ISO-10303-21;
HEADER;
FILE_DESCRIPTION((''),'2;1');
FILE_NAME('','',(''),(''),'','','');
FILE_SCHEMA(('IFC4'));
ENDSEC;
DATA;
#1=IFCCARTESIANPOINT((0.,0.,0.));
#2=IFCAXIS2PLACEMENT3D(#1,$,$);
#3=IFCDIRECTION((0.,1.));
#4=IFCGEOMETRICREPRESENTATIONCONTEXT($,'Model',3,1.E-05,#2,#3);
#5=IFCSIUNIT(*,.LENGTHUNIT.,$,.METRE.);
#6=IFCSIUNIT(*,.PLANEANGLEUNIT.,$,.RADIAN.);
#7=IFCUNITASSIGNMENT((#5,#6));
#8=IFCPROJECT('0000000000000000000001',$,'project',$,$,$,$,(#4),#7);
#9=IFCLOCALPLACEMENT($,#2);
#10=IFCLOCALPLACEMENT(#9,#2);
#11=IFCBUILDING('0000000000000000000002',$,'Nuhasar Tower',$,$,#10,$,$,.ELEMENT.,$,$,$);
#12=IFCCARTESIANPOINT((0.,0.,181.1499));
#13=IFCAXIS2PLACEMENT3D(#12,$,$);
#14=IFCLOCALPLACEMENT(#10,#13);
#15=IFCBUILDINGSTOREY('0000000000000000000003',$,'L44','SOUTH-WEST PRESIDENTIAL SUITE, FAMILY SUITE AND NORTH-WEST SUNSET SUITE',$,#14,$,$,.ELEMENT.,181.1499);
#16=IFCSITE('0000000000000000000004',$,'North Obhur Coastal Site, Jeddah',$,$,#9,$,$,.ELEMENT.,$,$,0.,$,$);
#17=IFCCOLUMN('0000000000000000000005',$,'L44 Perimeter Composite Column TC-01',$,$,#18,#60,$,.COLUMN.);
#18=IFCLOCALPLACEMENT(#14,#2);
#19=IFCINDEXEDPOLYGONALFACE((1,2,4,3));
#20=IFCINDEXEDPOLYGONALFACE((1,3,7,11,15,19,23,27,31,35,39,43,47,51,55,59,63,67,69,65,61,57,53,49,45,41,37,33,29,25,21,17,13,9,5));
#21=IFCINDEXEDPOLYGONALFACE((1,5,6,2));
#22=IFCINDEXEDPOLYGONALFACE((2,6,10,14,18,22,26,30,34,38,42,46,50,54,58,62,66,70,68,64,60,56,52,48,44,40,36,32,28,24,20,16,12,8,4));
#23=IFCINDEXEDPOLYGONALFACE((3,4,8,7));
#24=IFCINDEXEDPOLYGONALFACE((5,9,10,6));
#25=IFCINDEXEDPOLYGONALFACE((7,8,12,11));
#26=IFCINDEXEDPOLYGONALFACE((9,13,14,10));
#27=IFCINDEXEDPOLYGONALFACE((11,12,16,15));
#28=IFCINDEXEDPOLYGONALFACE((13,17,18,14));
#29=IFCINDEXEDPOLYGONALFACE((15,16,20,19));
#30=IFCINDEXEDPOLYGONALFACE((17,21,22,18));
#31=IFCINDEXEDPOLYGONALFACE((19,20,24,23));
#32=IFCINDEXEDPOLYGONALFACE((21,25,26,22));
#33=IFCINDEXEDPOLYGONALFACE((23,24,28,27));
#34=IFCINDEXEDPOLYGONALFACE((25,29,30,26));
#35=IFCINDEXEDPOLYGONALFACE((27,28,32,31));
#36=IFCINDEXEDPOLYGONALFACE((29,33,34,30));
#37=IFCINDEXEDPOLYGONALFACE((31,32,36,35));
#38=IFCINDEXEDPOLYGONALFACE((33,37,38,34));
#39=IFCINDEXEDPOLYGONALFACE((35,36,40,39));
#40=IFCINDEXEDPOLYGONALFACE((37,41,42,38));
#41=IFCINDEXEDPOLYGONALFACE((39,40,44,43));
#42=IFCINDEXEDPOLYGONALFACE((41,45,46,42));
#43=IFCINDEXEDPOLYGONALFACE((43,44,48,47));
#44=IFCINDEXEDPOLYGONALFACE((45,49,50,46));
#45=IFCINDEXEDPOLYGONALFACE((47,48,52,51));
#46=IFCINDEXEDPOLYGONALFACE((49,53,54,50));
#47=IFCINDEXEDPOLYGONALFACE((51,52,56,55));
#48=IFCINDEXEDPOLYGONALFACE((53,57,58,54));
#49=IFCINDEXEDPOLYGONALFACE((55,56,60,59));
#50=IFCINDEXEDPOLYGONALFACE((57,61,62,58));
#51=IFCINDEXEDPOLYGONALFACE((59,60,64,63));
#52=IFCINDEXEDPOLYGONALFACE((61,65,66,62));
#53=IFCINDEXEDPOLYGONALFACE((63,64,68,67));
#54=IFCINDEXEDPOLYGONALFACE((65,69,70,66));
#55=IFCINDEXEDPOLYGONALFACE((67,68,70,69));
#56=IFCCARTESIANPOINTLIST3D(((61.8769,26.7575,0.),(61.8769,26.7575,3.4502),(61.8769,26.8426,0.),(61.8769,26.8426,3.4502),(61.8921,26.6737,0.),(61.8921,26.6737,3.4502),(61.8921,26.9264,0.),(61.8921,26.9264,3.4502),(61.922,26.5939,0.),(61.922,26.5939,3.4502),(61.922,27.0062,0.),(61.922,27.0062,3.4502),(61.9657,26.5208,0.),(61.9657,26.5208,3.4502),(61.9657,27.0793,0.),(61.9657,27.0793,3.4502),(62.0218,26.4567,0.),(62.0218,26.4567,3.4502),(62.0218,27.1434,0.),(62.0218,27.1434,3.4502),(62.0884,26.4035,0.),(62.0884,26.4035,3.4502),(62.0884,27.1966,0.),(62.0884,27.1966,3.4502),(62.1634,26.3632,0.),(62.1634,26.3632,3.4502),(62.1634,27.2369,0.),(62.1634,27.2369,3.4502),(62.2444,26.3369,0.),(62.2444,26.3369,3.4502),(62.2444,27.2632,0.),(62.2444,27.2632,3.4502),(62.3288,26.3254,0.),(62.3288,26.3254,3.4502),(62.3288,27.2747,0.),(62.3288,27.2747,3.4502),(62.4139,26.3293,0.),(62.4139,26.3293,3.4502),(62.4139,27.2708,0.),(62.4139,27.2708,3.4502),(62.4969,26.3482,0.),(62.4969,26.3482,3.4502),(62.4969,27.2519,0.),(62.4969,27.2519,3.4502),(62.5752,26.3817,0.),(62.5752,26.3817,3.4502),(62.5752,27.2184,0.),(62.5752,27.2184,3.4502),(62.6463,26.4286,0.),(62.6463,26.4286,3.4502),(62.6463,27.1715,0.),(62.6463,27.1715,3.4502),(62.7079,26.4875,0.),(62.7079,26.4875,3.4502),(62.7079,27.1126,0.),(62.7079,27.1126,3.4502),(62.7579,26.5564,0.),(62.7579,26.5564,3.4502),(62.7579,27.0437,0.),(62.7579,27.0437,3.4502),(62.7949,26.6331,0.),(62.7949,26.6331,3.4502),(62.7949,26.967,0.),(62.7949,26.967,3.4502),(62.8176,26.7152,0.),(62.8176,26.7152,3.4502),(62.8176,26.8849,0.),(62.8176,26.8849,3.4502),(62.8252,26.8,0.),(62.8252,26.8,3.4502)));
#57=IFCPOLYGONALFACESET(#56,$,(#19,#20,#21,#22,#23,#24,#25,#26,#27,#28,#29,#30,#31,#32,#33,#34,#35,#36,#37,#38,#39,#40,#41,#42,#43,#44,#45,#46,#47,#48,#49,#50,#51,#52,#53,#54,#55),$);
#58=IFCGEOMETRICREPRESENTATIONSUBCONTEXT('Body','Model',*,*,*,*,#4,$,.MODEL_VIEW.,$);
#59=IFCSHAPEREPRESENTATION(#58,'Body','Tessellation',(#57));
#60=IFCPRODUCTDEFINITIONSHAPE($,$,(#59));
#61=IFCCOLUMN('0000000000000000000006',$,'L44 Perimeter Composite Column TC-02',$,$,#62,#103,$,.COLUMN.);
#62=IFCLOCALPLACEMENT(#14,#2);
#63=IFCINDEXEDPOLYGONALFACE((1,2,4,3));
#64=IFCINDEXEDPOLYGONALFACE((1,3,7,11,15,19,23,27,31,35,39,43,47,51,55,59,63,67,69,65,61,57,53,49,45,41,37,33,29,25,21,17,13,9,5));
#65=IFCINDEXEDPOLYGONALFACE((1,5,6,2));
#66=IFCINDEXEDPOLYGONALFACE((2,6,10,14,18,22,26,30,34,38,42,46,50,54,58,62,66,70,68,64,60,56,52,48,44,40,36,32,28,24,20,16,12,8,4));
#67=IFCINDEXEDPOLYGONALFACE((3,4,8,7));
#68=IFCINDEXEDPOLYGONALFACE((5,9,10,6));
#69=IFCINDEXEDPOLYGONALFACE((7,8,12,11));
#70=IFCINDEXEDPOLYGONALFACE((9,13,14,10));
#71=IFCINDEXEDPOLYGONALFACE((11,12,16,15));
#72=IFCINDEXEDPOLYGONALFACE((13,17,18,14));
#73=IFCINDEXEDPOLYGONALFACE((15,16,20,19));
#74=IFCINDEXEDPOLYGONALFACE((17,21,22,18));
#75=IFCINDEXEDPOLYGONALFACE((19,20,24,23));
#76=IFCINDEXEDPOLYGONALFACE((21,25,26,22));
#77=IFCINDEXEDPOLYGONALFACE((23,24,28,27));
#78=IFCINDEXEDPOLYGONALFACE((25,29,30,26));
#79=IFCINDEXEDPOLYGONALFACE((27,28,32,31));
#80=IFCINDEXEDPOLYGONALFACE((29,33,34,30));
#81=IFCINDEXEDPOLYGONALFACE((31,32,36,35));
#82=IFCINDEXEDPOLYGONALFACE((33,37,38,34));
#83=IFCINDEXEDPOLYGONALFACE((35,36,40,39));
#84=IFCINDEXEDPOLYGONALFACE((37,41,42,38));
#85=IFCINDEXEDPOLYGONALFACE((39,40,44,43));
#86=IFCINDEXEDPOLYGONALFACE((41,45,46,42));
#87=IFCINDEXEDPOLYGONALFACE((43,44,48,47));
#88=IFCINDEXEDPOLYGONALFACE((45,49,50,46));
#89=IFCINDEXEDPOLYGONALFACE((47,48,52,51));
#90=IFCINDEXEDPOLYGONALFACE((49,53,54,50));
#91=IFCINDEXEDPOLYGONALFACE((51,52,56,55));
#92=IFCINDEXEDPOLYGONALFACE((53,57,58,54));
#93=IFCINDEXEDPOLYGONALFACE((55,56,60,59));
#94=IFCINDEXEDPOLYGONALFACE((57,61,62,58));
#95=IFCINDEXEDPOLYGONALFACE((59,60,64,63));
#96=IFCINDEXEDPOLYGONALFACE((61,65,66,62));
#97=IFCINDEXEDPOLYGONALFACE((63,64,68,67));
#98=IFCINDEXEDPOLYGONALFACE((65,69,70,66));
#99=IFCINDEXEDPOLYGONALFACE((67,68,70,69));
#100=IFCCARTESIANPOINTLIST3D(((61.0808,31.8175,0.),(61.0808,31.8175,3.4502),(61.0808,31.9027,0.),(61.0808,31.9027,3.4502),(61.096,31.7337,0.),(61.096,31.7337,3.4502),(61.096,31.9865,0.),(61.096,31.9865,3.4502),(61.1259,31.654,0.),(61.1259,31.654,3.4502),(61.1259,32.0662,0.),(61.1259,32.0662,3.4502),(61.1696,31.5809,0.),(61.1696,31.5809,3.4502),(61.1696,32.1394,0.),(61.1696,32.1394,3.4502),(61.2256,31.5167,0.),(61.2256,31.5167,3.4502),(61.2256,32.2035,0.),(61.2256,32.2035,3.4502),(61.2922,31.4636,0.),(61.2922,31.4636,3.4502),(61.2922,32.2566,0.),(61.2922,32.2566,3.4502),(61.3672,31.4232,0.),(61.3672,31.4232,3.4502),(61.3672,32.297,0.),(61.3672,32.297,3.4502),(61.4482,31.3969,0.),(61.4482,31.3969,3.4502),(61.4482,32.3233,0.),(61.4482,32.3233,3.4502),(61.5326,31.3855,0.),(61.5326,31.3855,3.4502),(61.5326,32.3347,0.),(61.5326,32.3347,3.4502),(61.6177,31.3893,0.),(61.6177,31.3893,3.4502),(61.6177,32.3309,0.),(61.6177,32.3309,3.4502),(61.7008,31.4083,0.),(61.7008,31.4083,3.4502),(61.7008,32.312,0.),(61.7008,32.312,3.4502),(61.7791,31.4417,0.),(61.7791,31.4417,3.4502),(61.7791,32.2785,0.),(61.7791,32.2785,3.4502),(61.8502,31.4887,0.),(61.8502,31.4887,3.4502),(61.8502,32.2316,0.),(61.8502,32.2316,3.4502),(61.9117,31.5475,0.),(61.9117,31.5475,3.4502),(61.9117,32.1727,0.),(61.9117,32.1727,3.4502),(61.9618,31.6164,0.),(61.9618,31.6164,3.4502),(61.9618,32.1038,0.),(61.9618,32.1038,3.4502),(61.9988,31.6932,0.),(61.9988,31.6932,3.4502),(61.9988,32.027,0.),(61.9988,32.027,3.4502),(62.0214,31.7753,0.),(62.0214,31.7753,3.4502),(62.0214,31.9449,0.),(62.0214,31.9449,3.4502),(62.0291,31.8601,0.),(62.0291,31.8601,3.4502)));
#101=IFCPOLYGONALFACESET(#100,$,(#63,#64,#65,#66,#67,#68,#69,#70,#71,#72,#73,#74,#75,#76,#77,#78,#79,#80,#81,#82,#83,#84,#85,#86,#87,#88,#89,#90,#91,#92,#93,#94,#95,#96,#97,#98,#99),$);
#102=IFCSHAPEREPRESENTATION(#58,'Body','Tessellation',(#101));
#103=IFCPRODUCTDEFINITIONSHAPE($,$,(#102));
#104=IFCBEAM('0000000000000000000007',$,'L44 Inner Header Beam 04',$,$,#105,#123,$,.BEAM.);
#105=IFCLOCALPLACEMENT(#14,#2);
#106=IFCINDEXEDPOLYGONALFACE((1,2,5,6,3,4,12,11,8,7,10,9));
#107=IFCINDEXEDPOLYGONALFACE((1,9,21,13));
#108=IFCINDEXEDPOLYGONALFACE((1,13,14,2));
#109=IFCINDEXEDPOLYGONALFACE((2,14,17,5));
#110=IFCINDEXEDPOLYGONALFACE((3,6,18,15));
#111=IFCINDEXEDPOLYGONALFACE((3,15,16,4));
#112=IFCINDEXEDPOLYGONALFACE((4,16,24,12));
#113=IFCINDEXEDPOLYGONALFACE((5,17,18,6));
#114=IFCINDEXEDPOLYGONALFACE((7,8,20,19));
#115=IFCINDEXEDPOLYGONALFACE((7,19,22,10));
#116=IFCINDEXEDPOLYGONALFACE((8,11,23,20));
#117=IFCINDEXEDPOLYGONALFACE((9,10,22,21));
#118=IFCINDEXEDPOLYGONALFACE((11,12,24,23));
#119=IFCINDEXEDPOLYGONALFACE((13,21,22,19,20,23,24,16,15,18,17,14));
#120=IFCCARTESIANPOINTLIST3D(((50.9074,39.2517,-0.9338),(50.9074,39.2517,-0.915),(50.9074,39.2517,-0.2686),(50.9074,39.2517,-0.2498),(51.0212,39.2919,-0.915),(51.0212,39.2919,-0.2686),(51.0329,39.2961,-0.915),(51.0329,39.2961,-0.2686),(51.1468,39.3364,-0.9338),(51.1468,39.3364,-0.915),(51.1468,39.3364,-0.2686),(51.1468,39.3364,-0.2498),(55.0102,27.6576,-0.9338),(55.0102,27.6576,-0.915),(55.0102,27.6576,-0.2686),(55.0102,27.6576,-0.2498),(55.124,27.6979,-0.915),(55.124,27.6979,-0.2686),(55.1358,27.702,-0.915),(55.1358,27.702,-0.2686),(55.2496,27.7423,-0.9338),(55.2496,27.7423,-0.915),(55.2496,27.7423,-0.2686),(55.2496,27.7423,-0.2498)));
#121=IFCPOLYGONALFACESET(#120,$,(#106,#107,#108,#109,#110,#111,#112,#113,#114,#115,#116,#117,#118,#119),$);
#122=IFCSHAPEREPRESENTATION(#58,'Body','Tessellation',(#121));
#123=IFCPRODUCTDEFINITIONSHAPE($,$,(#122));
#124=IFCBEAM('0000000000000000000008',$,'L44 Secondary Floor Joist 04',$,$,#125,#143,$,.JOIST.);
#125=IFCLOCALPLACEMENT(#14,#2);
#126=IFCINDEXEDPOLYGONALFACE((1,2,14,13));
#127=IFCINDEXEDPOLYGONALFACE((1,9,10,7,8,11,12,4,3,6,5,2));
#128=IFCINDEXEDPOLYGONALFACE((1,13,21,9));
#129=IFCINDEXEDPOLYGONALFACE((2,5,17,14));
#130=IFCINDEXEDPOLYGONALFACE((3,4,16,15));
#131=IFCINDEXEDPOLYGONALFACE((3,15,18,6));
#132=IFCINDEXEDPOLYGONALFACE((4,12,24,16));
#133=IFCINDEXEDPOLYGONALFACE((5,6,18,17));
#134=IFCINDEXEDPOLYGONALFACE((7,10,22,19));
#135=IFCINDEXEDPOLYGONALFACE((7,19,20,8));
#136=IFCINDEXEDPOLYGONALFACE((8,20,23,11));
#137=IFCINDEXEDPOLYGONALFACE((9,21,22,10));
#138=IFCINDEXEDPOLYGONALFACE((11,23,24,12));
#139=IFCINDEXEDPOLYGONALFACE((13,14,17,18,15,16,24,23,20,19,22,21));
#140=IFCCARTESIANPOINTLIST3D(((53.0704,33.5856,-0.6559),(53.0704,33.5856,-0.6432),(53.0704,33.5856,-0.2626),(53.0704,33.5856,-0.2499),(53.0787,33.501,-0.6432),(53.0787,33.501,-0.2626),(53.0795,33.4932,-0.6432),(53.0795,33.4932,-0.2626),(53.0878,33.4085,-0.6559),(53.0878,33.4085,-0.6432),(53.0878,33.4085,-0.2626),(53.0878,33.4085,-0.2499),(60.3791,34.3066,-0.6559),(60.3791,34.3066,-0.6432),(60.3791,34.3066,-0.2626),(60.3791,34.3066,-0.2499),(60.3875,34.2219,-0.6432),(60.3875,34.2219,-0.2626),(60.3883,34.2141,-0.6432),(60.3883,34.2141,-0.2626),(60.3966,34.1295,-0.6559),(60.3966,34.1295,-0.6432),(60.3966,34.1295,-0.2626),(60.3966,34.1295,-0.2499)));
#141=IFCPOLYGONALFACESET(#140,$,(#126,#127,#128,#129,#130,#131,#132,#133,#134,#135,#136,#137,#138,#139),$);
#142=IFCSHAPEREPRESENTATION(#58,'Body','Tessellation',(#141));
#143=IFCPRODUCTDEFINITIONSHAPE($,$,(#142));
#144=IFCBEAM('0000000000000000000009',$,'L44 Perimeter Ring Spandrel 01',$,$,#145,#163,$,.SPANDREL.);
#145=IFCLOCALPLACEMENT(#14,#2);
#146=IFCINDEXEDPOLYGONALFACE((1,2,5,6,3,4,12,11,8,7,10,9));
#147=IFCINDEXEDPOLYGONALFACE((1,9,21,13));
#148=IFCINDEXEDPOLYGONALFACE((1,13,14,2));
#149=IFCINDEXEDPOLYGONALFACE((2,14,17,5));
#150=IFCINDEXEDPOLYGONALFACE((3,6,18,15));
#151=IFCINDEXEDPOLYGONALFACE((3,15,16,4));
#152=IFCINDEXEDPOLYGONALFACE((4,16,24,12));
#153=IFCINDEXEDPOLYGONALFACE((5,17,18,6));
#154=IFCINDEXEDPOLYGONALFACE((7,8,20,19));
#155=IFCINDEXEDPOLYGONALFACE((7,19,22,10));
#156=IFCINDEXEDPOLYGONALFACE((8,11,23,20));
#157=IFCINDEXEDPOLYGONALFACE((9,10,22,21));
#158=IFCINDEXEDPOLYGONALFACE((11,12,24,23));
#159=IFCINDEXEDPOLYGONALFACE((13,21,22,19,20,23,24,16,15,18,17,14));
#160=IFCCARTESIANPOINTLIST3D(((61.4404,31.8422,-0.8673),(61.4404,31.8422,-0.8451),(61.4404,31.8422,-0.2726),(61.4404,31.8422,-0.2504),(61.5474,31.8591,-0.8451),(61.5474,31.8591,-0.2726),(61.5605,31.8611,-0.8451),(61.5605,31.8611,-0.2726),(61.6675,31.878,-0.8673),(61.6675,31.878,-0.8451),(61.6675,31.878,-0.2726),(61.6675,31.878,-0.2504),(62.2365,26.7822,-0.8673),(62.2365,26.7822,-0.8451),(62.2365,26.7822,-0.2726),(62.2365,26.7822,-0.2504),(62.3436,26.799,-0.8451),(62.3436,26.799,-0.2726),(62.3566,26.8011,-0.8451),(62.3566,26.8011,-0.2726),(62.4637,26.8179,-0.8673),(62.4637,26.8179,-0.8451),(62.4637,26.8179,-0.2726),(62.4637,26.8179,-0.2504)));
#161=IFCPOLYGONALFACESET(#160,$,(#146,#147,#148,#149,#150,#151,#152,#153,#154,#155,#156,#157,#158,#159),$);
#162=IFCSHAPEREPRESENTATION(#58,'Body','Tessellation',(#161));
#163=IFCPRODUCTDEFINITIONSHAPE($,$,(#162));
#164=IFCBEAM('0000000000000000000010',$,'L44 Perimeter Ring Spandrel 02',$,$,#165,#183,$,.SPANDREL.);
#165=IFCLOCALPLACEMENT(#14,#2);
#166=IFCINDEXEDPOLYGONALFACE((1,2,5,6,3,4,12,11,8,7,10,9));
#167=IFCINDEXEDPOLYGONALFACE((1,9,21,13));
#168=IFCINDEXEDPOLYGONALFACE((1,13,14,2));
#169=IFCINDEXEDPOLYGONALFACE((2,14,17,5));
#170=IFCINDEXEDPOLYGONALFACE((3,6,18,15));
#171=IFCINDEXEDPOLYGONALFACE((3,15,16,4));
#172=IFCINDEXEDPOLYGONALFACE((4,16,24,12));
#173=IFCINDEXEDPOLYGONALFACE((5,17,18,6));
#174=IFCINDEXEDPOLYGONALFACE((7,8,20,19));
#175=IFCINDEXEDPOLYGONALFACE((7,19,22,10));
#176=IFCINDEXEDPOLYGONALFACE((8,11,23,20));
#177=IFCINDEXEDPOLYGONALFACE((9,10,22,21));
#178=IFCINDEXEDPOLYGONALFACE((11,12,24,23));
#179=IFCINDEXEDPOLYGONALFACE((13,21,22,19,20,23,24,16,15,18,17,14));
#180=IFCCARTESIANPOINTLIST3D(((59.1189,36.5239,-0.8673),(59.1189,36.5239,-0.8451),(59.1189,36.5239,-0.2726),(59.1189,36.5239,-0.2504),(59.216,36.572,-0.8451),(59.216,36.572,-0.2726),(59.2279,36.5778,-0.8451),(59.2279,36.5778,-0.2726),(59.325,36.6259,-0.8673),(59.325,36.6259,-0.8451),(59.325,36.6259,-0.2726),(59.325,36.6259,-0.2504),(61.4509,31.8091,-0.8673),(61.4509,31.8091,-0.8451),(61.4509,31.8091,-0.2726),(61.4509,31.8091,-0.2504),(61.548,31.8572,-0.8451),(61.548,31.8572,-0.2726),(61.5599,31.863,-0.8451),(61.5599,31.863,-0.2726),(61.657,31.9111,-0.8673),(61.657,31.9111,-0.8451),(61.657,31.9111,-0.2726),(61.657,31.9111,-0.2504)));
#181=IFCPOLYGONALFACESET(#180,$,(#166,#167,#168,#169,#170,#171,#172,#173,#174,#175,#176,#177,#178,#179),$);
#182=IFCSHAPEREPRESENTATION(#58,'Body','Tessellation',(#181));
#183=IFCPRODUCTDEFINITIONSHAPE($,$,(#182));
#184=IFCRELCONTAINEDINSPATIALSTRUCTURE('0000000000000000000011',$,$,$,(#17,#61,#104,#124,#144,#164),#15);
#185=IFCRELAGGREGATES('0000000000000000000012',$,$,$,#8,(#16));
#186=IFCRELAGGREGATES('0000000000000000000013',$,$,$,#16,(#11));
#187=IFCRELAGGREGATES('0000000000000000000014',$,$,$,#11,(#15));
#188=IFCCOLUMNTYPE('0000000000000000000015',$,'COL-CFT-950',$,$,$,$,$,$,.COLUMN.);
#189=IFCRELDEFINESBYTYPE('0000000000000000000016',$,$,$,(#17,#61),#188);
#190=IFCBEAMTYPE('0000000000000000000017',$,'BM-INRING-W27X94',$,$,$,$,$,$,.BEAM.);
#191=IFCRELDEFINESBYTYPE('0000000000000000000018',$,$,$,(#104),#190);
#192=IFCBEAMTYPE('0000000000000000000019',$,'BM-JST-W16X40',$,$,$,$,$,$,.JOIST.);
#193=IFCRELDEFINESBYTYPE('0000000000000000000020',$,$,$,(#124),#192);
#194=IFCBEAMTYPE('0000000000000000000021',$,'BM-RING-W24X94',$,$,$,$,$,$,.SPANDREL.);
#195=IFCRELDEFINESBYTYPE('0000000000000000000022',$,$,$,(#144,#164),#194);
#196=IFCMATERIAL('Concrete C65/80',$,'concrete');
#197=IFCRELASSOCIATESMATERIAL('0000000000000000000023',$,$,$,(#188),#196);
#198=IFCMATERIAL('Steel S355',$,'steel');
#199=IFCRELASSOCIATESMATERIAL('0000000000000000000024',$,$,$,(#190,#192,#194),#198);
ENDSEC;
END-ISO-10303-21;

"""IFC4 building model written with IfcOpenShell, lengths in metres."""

from ifc_helpers import new_model, si_unit, direction, frame, origin, origin_2d, place, context, subcontext, project, spatial, circle, i_section, extrude, material, material_profile, profile_set, type_object, element, save


model = new_model("IFC4")

# Units and contexts
model_context = context("Model", 3, precision=1e-05, world=origin(), true_north=direction((0.0, 1.0)))
body_context = subcontext(model_context, "Body", "Model", "MODEL_VIEW")
ifc_project = project(units=[si_unit("LENGTHUNIT", "METRE"), si_unit("PLANEANGLEUNIT", "RADIAN")], contexts=[model_context])

# Site, building, storey
site_placement = place(None, origin())
site = spatial("IfcSite", under=ifc_project, at=site_placement, Name="North Obhur Coastal Site, Jeddah", CompositionType="ELEMENT", RefElevation=0.0)
building_placement = place(site_placement, origin())
building = spatial("IfcBuilding", under=site, at=building_placement, Name="Nuhasar Tower", CompositionType="ELEMENT")
storey_placement = place(building_placement, frame((0.0, 0.0, 181.1499)))
storey = spatial("IfcBuildingStorey", under=building, at=storey_placement, Name="L44", Description="SOUTH-WEST PRESIDENTIAL SUITE, FAMILY SUITE AND NORTH-WEST SUNSET SUITE", CompositionType="ELEMENT", Elevation=181.1499)

# Columns
ifc_material_1 = material(Name="Concrete C65/80", Category="concrete")
ifc_material_profile_1 = material_profile(ifc_material_1, circle(Radius=0.4751, at=origin_2d()), Name="CFT950")
ifc_profile_set_1 = profile_set([ifc_material_profile_1], Name="Concrete C65/80")
column_type = type_object("IfcColumnType", Name="COL-CFT-950", PredefinedType="COLUMN", material=ifc_profile_set_1)
for number, where, z_axis, x_axis, name in (
    (1, (62.3501, 26.8, 0.0), (0.0, 0.0, 1.0), (1.0, 0.0, 0.0), "L44 Perimeter Composite Column TC-01"),
    (2, (61.554, 31.8601, 0.0), (0.0, 0.0, 1.0), (1.0, 0.0, 0.0), "L44 Perimeter Composite Column TC-02"),
):
    element("IfcColumn", number, at=place(storey_placement, frame(where, z_axis=z_axis, x_axis=x_axis)), inside=storey, type_object=column_type, Name=name, PredefinedType="COLUMN", context=body_context, shape_type="SweptSolid", body=[
        extrude(circle(Radius=0.4751, at=origin_2d()), origin(), (0.0, 0.0, 1.0), 3.4502),
    ])

# Beams
ifc_material_2 = material(Name="Steel S355", Category="steel")
ifc_material_profile_2 = material_profile(ifc_material_2, i_section(OverallWidth=0.2539, OverallDepth=0.6841, WebThickness=0.0125, FlangeThickness=0.0188, at=origin_2d()), Name="W27X94")
ifc_profile_set_2 = profile_set([ifc_material_profile_2], Name="Steel S355")
beam_type_1 = type_object("IfcBeamType", Name="BM-INRING-W27X94", PredefinedType="BEAM", material=ifc_profile_set_2)
beam_1_placement = place(storey_placement, frame((55.1299, 27.7, -0.5918), z_axis=(-0.3336, 0.942715, 0.0), x_axis=(-0.942715, -0.3336, 0.0)))
element("IfcBeam", 3, at=beam_1_placement, inside=storey, type_object=beam_type_1, Name="L44 Inner Header Beam 04", PredefinedType="BEAM", context=body_context, shape_type="SweptSolid", body=[
    extrude(i_section(OverallWidth=0.2539, OverallDepth=0.6841, WebThickness=0.0125, FlangeThickness=0.0188, at=origin_2d()), origin(), (0.0, 0.0, 1.0), 12.2986),
])
ifc_material_profile_3 = material_profile(ifc_material_2, i_section(OverallWidth=0.178, OverallDepth=0.406, WebThickness=0.0078, FlangeThickness=0.0127, at=origin_2d()), Name="W16X40")
ifc_profile_set_3 = profile_set([ifc_material_profile_3], Name="Steel S355")
beam_type_2 = type_object("IfcBeamType", Name="BM-JST-W16X40", PredefinedType="JOIST", material=ifc_profile_set_3)
beam_2_placement = place(storey_placement, frame((53.0791, 33.4971, -0.4529), z_axis=(0.99517, 0.098164, 0.0), x_axis=(-0.098164, 0.99517, 0.0)))
element("IfcBeam", 4, at=beam_2_placement, inside=storey, type_object=beam_type_2, Name="L44 Secondary Floor Joist 04", PredefinedType="JOIST", context=body_context, shape_type="SweptSolid", body=[
    extrude(i_section(OverallWidth=0.178, OverallDepth=0.406, WebThickness=0.0078, FlangeThickness=0.0127, at=origin_2d()), origin(), (0.0, 0.0, 1.0), 7.3442),
])
ifc_material_profile_4 = material_profile(ifc_material_2, i_section(OverallWidth=0.23, OverallDepth=0.6169, WebThickness=0.0132, FlangeThickness=0.0222, at=origin_2d()), Name="W24X94")
ifc_profile_set_4 = profile_set([ifc_material_profile_4], Name="Steel S355")
beam_type_3 = type_object("IfcBeamType", Name="BM-RING-W24X94", PredefinedType="SPANDREL", material=ifc_profile_set_4)
beam_3_placement = place(storey_placement, frame((62.3501, 26.8, -0.5588), z_axis=(-0.155427, 0.987847, 0.0), x_axis=(-0.987847, -0.155427, 0.0)))
element("IfcBeam", 5, at=beam_3_placement, inside=storey, type_object=beam_type_3, Name="L44 Perimeter Ring Spandrel 01", PredefinedType="SPANDREL", context=body_context, shape_type="SweptSolid", body=[
    extrude(i_section(OverallWidth=0.23, OverallDepth=0.6169, WebThickness=0.0132, FlangeThickness=0.0222, at=origin_2d()), origin(), (0.0, 0.0, 1.0), 5.1223),
])
beam_4_placement = place(storey_placement, frame((61.554, 31.8601, -0.5588), z_axis=(-0.443348, 0.89635, 0.0), x_axis=(-0.89635, -0.443348, 0.0)))
element("IfcBeam", 6, at=beam_4_placement, inside=storey, type_object=beam_type_3, Name="L44 Perimeter Ring Spandrel 02", PredefinedType="SPANDREL", context=body_context, shape_type="SweptSolid", body=[
    extrude(i_section(OverallWidth=0.23, OverallDepth=0.6169, WebThickness=0.0132, FlangeThickness=0.0222, at=origin_2d()), origin(), (0.0, 0.0, 1.0), 5.26),
])

save(model, "model.ifc")
